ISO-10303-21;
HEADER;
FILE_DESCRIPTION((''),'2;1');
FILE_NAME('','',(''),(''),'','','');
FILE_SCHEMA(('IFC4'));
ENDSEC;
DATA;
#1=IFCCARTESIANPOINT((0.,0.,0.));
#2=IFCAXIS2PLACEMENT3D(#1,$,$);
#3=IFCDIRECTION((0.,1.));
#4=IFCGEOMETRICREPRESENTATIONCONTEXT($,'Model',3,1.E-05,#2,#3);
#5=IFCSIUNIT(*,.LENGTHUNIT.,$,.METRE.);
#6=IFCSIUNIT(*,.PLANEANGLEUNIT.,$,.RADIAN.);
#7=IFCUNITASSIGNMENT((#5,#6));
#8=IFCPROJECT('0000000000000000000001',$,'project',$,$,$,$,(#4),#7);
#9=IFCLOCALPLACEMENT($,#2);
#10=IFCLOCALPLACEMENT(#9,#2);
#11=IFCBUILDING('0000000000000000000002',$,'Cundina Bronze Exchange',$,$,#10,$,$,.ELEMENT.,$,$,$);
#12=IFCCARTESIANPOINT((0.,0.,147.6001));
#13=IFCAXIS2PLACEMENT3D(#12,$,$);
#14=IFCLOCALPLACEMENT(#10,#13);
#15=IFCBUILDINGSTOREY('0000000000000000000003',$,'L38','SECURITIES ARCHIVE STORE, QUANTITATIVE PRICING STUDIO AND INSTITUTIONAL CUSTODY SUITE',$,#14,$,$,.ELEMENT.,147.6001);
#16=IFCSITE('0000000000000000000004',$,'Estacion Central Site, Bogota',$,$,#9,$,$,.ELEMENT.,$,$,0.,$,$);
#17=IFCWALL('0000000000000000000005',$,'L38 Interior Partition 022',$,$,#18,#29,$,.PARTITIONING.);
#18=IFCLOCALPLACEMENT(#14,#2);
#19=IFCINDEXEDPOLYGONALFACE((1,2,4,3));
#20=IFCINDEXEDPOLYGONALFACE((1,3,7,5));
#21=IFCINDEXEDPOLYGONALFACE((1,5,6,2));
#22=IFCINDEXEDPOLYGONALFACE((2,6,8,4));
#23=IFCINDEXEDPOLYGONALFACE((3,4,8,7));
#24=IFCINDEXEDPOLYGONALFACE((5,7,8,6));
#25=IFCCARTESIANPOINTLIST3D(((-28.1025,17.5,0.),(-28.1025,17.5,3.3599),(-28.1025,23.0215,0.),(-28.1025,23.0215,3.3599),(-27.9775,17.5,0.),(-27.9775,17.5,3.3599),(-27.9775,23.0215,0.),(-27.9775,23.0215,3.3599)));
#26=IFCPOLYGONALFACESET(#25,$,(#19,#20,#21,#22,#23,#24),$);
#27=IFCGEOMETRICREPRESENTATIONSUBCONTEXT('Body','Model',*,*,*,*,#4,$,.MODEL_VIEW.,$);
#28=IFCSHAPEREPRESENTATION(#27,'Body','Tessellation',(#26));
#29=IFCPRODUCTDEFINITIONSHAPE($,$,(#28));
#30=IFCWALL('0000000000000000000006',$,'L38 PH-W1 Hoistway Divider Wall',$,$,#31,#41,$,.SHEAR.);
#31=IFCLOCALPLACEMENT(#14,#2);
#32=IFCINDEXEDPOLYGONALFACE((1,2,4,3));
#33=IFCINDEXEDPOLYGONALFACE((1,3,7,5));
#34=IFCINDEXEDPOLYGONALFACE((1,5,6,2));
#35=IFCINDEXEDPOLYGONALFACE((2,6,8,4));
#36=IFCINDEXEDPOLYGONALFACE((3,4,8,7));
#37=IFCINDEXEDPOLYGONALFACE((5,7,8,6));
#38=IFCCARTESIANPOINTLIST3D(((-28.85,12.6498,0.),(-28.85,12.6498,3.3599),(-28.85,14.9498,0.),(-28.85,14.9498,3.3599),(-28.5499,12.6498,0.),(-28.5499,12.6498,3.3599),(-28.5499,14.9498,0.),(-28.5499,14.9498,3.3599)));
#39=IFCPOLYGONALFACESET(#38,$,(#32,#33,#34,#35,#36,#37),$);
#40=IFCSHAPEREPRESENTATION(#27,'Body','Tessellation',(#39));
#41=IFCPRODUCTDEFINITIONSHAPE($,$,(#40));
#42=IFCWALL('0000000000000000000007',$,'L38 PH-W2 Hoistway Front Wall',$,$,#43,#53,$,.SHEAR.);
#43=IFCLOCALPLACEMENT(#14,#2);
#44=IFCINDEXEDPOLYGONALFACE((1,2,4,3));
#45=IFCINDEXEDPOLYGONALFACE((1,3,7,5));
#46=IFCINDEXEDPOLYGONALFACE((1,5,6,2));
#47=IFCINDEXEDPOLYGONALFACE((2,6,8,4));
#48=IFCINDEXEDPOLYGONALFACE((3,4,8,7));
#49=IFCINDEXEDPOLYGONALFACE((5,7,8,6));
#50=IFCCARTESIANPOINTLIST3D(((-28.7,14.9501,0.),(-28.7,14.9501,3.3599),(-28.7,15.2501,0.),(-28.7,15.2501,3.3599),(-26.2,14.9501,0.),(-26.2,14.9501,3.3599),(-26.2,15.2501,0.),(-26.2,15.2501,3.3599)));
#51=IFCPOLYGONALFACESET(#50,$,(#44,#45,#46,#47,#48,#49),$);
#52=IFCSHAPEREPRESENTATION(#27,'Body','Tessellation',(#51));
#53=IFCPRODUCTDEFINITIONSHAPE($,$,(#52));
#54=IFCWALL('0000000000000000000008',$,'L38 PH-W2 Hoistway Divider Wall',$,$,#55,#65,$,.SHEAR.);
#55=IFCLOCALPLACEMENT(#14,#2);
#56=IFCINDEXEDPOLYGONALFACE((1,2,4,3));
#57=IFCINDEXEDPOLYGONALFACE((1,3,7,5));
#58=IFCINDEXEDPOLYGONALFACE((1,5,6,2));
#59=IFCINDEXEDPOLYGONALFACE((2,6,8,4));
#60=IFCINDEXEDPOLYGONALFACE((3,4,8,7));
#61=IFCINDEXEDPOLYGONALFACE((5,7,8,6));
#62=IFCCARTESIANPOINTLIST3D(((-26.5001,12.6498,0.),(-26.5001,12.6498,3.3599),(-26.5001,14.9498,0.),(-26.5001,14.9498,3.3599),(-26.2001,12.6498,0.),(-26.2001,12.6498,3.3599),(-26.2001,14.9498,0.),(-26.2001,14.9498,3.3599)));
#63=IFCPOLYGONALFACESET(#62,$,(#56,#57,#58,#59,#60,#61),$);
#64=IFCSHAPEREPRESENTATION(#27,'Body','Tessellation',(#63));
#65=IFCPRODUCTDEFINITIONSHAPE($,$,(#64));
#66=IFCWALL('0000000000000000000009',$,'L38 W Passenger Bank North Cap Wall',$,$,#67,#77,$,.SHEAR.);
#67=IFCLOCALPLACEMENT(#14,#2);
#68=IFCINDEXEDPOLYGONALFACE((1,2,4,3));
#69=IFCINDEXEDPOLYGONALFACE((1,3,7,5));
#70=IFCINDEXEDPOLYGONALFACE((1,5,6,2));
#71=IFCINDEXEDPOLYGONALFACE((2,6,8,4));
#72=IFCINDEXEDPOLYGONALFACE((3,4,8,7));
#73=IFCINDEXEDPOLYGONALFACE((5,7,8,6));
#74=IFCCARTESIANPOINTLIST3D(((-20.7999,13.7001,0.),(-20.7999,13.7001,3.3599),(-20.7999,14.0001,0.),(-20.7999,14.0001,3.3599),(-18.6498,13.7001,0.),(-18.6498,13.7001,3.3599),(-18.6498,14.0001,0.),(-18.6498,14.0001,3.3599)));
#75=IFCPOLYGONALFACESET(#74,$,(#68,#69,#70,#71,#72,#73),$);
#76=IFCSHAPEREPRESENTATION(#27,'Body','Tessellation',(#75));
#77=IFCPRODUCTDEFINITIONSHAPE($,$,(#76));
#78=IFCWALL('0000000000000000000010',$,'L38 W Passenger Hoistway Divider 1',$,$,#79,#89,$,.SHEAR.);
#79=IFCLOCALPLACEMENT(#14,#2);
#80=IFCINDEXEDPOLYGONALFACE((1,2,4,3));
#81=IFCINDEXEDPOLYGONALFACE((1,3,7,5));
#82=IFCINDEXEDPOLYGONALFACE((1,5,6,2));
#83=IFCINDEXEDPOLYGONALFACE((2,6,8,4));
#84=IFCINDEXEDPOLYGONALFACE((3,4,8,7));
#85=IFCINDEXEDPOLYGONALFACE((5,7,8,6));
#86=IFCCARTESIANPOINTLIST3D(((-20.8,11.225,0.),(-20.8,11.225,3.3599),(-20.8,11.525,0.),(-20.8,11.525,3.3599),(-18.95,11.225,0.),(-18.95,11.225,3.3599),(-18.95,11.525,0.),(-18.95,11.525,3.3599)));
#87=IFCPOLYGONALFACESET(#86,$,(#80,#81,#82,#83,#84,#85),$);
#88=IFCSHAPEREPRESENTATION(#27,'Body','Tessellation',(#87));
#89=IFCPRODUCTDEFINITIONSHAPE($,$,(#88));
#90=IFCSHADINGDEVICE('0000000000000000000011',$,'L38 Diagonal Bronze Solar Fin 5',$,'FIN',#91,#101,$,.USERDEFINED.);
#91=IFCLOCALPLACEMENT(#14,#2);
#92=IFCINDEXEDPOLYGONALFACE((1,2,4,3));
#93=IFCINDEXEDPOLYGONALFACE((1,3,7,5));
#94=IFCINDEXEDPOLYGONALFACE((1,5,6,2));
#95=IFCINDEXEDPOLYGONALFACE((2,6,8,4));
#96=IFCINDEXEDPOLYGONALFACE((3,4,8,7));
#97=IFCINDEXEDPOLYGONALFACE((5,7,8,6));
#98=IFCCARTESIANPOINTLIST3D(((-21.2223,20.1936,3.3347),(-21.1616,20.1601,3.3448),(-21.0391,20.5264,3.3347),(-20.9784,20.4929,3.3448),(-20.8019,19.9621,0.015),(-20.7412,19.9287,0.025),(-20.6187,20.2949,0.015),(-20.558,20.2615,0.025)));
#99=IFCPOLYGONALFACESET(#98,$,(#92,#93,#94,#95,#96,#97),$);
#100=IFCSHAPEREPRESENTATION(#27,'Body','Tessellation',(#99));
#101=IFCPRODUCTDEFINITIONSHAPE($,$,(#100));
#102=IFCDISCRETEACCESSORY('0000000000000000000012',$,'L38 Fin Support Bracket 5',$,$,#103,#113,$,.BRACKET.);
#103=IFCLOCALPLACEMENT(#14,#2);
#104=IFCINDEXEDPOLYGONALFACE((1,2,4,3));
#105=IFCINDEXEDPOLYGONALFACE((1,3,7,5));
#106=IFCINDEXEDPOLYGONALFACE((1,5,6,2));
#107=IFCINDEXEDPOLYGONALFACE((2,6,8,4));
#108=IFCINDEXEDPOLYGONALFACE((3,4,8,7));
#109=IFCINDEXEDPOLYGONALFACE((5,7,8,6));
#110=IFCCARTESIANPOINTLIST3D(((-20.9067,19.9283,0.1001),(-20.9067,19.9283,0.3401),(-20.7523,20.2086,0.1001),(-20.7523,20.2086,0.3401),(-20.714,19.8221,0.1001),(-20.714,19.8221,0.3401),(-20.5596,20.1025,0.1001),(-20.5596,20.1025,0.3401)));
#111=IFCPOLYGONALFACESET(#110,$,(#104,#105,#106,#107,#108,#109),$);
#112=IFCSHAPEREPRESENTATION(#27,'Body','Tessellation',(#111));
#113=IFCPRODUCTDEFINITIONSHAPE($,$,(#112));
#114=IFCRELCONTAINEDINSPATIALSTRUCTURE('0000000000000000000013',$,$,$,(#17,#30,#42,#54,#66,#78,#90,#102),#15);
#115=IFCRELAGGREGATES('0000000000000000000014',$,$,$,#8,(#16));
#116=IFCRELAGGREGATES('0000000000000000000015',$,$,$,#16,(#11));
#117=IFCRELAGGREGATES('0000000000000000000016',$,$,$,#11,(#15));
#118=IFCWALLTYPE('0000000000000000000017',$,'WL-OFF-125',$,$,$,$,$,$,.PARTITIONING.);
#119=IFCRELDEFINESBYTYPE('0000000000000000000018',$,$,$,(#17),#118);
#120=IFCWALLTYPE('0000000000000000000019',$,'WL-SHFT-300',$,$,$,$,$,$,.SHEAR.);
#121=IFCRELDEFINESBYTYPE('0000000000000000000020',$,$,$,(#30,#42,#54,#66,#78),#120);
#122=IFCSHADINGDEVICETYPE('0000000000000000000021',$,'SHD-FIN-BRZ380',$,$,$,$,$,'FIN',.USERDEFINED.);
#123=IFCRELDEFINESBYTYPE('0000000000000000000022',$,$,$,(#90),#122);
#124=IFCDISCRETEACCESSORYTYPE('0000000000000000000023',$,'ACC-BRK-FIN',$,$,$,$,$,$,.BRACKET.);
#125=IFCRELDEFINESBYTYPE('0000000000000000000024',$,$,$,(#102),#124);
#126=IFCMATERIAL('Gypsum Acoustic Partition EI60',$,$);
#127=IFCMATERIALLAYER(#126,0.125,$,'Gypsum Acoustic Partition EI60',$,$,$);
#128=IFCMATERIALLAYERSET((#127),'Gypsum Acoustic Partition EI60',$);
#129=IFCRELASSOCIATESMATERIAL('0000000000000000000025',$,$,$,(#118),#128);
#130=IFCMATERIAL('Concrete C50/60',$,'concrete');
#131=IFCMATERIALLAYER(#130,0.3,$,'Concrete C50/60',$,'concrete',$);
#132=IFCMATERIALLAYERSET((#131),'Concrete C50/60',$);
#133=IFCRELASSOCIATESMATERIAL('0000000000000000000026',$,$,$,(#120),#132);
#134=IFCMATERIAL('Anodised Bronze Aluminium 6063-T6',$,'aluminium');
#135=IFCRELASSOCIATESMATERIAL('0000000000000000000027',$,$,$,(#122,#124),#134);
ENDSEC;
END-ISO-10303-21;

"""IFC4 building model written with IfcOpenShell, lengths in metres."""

from ifc_helpers import new_model, si_unit, direction, frame, frame_2d, origin, origin_2d, place, context, subcontext, project, spatial, rectangle, extrude, material, layer, layer_set, material_profile, profile_set, type_object, element, save


model = new_model("IFC4")

# Units and contexts
model_context = context("Model", 3, precision=1e-05, world=origin(), true_north=direction((0.0, 1.0)))
body_context = subcontext(model_context, "Body", "Model", "MODEL_VIEW")
ifc_project = project(units=[si_unit("LENGTHUNIT", "METRE"), si_unit("PLANEANGLEUNIT", "RADIAN")], contexts=[model_context])

# Site, building, storey
site_placement = place(None, origin())
site = spatial("IfcSite", under=ifc_project, at=site_placement, Name="Estacion Central Site, Bogota", CompositionType="ELEMENT", RefElevation=0.0)
building_placement = place(site_placement, origin())
building = spatial("IfcBuilding", under=site, at=building_placement, Name="Cundina Bronze Exchange", CompositionType="ELEMENT")
storey_placement = place(building_placement, frame((0.0, 0.0, 147.6001)))
storey = spatial("IfcBuildingStorey", under=building, at=storey_placement, Name="L38", Description="SECURITIES ARCHIVE STORE, QUANTITATIVE PRICING STUDIO AND INSTITUTIONAL CUSTODY SUITE", CompositionType="ELEMENT", Elevation=147.6001)

# Shared definitions
ifc_material_1 = material(Name="Concrete C50/60", Category="concrete")

# Shared definitions
ifc_material_2 = material(Name="Anodised Bronze Aluminium 6063-T6", Category="aluminium")

# Wall
ifc_material_3 = material(Name="Gypsum Acoustic Partition EI60")
ifc_layer_1 = layer(ifc_material_3, 0.125, Name="Gypsum Acoustic Partition EI60")
ifc_layer_set_1 = layer_set([ifc_layer_1], Name="Gypsum Acoustic Partition EI60")
wall_type_1 = type_object("IfcWallType", Name="WL-OFF-125", PredefinedType="PARTITIONING", material=ifc_layer_set_1)
wall_1_placement = place(storey_placement, frame((-28.04, 17.5, 0.0), z_axis=(0.0, 0.0, 1.0), x_axis=(0.0, 1.0, 0.0)))
element("IfcWall", 1, at=wall_1_placement, inside=storey, type_object=wall_type_1, Name="L38 Interior Partition 022", PredefinedType="PARTITIONING", context=body_context, shape_type="SweptSolid", body=[
    extrude(rectangle(XDim=5.5215, YDim=0.125, at=frame_2d((2.7607, 0.0))), origin(), (0.0, 0.0, 1.0), 3.3599),
])

# Shared definitions
ifc_layer_2 = layer(ifc_material_1, 0.3, Name="Concrete C50/60", Category="concrete")
ifc_layer_set_2 = layer_set([ifc_layer_2], Name="Concrete C50/60")
wall_type_2 = type_object("IfcWallType", Name="WL-SHFT-300", PredefinedType="SHEAR", material=ifc_layer_set_2)

# Walls
wall_2_placement = place(storey_placement, frame((-28.7, 12.6499, 0.0), z_axis=(0.0, 0.0, 1.0), x_axis=(0.0, 1.0, 0.0)))
element("IfcWall", 2, at=wall_2_placement, inside=storey, type_object=wall_type_2, Name="L38 PH-W1 Hoistway Divider Wall", PredefinedType="SHEAR", context=body_context, shape_type="SweptSolid", body=[
    extrude(rectangle(XDim=2.3, YDim=0.3, at=frame_2d((1.1499, 0.0))), origin(), (0.0, 0.0, 1.0), 3.3599),
])
wall_3_placement = place(storey_placement, frame((-28.7, 15.1001, 0.0), z_axis=(0.0, 0.0, 1.0), x_axis=(1.0, 0.0, 0.0)))
element("IfcWall", 3, at=wall_3_placement, inside=storey, type_object=wall_type_2, Name="L38 PH-W2 Hoistway Front Wall", PredefinedType="SHEAR", context=body_context, shape_type="SweptSolid", body=[
    extrude(rectangle(XDim=2.5, YDim=0.3, at=frame_2d((1.25, 0.0))), origin(), (0.0, 0.0, 1.0), 3.3599),
])
wall_4_placement = place(storey_placement, frame((-26.3501, 12.6499, 0.0), z_axis=(0.0, 0.0, 1.0), x_axis=(0.0, 1.0, 0.0)))
element("IfcWall", 4, at=wall_4_placement, inside=storey, type_object=wall_type_2, Name="L38 PH-W2 Hoistway Divider Wall", PredefinedType="SHEAR", context=body_context, shape_type="SweptSolid", body=[
    extrude(rectangle(XDim=2.3, YDim=0.3, at=frame_2d((1.1499, 0.0))), origin(), (0.0, 0.0, 1.0), 3.3599),
])
wall_5_placement = place(storey_placement, frame((-20.8, 13.8501, 0.0), z_axis=(0.0, 0.0, 1.0), x_axis=(1.0, 0.0, 0.0)))
element("IfcWall", 5, at=wall_5_placement, inside=storey, type_object=wall_type_2, Name="L38 W Passenger Bank North Cap Wall", PredefinedType="SHEAR", context=body_context, shape_type="SweptSolid", body=[
    extrude(rectangle(XDim=2.1501, YDim=0.3, at=frame_2d((1.0752, 0.0))), origin(), (0.0, 0.0, 1.0), 3.3599),
])
wall_6_placement = place(storey_placement, frame((-20.8, 11.375, 0.0), z_axis=(0.0, 0.0, 1.0), x_axis=(1.0, 0.0, 0.0)))
element("IfcWall", 6, at=wall_6_placement, inside=storey, type_object=wall_type_2, Name="L38 W Passenger Hoistway Divider 1", PredefinedType="SHEAR", context=body_context, shape_type="SweptSolid", body=[
    extrude(rectangle(XDim=1.8501, YDim=0.3, at=frame_2d((0.925, 0.0))), origin(), (0.0, 0.0, 1.0), 3.3599),
])

# Shading device
ifc_material_profile_1 = material_profile(ifc_material_2, rectangle(XDim=0.0701, YDim=0.3799, at=origin_2d()), Name="FIN70X380", Category="aluminium")
ifc_profile_set_1 = profile_set([ifc_material_profile_1], Name="Anodised Bronze Aluminium 6063-T6")
shading_device_type = type_object("IfcShadingDeviceType", Name="SHD-FIN-BRZ380", ElementType="FIN", PredefinedType="USERDEFINED", material=ifc_profile_set_1)
shading_device_placement = place(storey_placement, frame((-20.6799, 20.1118, 0.02), z_axis=(-0.125333, 0.068999, 0.989712), x_axis=(0.86701, -0.477309, 0.143071)))
element("IfcShadingDevice", 7, at=shading_device_placement, inside=storey, type_object=shading_device_type, Name="L38 Diagonal Bronze Solar Fin 5", ObjectType="FIN", PredefinedType="USERDEFINED", context=body_context, shape_type="SweptSolid", body=[
    extrude(rectangle(XDim=0.0701, YDim=0.3799, at=origin_2d()), origin(), (0.0, 0.0, 1.0), 3.3542),
])

# Discrete accessory
discrete_accessory_type = type_object("IfcDiscreteAccessoryType", Name="ACC-BRK-FIN", PredefinedType="BRACKET", material=ifc_material_2)
discrete_accessory_placement = place(storey_placement, frame((-20.7332, 20.0154, 0.1001), z_axis=(0.0, 0.0, 1.0), x_axis=(-0.875869, 0.482549, 0.0)))
element("IfcDiscreteAccessory", 8, at=discrete_accessory_placement, inside=storey, type_object=discrete_accessory_type, Name="L38 Fin Support Bracket 5", PredefinedType="BRACKET", context=body_context, shape_type="SweptSolid", body=[
    extrude(rectangle(XDim=0.22, YDim=0.3201, at=origin_2d()), origin(), (0.0, 0.0, 1.0), 0.24),
])

save(model, "model.ifc")
